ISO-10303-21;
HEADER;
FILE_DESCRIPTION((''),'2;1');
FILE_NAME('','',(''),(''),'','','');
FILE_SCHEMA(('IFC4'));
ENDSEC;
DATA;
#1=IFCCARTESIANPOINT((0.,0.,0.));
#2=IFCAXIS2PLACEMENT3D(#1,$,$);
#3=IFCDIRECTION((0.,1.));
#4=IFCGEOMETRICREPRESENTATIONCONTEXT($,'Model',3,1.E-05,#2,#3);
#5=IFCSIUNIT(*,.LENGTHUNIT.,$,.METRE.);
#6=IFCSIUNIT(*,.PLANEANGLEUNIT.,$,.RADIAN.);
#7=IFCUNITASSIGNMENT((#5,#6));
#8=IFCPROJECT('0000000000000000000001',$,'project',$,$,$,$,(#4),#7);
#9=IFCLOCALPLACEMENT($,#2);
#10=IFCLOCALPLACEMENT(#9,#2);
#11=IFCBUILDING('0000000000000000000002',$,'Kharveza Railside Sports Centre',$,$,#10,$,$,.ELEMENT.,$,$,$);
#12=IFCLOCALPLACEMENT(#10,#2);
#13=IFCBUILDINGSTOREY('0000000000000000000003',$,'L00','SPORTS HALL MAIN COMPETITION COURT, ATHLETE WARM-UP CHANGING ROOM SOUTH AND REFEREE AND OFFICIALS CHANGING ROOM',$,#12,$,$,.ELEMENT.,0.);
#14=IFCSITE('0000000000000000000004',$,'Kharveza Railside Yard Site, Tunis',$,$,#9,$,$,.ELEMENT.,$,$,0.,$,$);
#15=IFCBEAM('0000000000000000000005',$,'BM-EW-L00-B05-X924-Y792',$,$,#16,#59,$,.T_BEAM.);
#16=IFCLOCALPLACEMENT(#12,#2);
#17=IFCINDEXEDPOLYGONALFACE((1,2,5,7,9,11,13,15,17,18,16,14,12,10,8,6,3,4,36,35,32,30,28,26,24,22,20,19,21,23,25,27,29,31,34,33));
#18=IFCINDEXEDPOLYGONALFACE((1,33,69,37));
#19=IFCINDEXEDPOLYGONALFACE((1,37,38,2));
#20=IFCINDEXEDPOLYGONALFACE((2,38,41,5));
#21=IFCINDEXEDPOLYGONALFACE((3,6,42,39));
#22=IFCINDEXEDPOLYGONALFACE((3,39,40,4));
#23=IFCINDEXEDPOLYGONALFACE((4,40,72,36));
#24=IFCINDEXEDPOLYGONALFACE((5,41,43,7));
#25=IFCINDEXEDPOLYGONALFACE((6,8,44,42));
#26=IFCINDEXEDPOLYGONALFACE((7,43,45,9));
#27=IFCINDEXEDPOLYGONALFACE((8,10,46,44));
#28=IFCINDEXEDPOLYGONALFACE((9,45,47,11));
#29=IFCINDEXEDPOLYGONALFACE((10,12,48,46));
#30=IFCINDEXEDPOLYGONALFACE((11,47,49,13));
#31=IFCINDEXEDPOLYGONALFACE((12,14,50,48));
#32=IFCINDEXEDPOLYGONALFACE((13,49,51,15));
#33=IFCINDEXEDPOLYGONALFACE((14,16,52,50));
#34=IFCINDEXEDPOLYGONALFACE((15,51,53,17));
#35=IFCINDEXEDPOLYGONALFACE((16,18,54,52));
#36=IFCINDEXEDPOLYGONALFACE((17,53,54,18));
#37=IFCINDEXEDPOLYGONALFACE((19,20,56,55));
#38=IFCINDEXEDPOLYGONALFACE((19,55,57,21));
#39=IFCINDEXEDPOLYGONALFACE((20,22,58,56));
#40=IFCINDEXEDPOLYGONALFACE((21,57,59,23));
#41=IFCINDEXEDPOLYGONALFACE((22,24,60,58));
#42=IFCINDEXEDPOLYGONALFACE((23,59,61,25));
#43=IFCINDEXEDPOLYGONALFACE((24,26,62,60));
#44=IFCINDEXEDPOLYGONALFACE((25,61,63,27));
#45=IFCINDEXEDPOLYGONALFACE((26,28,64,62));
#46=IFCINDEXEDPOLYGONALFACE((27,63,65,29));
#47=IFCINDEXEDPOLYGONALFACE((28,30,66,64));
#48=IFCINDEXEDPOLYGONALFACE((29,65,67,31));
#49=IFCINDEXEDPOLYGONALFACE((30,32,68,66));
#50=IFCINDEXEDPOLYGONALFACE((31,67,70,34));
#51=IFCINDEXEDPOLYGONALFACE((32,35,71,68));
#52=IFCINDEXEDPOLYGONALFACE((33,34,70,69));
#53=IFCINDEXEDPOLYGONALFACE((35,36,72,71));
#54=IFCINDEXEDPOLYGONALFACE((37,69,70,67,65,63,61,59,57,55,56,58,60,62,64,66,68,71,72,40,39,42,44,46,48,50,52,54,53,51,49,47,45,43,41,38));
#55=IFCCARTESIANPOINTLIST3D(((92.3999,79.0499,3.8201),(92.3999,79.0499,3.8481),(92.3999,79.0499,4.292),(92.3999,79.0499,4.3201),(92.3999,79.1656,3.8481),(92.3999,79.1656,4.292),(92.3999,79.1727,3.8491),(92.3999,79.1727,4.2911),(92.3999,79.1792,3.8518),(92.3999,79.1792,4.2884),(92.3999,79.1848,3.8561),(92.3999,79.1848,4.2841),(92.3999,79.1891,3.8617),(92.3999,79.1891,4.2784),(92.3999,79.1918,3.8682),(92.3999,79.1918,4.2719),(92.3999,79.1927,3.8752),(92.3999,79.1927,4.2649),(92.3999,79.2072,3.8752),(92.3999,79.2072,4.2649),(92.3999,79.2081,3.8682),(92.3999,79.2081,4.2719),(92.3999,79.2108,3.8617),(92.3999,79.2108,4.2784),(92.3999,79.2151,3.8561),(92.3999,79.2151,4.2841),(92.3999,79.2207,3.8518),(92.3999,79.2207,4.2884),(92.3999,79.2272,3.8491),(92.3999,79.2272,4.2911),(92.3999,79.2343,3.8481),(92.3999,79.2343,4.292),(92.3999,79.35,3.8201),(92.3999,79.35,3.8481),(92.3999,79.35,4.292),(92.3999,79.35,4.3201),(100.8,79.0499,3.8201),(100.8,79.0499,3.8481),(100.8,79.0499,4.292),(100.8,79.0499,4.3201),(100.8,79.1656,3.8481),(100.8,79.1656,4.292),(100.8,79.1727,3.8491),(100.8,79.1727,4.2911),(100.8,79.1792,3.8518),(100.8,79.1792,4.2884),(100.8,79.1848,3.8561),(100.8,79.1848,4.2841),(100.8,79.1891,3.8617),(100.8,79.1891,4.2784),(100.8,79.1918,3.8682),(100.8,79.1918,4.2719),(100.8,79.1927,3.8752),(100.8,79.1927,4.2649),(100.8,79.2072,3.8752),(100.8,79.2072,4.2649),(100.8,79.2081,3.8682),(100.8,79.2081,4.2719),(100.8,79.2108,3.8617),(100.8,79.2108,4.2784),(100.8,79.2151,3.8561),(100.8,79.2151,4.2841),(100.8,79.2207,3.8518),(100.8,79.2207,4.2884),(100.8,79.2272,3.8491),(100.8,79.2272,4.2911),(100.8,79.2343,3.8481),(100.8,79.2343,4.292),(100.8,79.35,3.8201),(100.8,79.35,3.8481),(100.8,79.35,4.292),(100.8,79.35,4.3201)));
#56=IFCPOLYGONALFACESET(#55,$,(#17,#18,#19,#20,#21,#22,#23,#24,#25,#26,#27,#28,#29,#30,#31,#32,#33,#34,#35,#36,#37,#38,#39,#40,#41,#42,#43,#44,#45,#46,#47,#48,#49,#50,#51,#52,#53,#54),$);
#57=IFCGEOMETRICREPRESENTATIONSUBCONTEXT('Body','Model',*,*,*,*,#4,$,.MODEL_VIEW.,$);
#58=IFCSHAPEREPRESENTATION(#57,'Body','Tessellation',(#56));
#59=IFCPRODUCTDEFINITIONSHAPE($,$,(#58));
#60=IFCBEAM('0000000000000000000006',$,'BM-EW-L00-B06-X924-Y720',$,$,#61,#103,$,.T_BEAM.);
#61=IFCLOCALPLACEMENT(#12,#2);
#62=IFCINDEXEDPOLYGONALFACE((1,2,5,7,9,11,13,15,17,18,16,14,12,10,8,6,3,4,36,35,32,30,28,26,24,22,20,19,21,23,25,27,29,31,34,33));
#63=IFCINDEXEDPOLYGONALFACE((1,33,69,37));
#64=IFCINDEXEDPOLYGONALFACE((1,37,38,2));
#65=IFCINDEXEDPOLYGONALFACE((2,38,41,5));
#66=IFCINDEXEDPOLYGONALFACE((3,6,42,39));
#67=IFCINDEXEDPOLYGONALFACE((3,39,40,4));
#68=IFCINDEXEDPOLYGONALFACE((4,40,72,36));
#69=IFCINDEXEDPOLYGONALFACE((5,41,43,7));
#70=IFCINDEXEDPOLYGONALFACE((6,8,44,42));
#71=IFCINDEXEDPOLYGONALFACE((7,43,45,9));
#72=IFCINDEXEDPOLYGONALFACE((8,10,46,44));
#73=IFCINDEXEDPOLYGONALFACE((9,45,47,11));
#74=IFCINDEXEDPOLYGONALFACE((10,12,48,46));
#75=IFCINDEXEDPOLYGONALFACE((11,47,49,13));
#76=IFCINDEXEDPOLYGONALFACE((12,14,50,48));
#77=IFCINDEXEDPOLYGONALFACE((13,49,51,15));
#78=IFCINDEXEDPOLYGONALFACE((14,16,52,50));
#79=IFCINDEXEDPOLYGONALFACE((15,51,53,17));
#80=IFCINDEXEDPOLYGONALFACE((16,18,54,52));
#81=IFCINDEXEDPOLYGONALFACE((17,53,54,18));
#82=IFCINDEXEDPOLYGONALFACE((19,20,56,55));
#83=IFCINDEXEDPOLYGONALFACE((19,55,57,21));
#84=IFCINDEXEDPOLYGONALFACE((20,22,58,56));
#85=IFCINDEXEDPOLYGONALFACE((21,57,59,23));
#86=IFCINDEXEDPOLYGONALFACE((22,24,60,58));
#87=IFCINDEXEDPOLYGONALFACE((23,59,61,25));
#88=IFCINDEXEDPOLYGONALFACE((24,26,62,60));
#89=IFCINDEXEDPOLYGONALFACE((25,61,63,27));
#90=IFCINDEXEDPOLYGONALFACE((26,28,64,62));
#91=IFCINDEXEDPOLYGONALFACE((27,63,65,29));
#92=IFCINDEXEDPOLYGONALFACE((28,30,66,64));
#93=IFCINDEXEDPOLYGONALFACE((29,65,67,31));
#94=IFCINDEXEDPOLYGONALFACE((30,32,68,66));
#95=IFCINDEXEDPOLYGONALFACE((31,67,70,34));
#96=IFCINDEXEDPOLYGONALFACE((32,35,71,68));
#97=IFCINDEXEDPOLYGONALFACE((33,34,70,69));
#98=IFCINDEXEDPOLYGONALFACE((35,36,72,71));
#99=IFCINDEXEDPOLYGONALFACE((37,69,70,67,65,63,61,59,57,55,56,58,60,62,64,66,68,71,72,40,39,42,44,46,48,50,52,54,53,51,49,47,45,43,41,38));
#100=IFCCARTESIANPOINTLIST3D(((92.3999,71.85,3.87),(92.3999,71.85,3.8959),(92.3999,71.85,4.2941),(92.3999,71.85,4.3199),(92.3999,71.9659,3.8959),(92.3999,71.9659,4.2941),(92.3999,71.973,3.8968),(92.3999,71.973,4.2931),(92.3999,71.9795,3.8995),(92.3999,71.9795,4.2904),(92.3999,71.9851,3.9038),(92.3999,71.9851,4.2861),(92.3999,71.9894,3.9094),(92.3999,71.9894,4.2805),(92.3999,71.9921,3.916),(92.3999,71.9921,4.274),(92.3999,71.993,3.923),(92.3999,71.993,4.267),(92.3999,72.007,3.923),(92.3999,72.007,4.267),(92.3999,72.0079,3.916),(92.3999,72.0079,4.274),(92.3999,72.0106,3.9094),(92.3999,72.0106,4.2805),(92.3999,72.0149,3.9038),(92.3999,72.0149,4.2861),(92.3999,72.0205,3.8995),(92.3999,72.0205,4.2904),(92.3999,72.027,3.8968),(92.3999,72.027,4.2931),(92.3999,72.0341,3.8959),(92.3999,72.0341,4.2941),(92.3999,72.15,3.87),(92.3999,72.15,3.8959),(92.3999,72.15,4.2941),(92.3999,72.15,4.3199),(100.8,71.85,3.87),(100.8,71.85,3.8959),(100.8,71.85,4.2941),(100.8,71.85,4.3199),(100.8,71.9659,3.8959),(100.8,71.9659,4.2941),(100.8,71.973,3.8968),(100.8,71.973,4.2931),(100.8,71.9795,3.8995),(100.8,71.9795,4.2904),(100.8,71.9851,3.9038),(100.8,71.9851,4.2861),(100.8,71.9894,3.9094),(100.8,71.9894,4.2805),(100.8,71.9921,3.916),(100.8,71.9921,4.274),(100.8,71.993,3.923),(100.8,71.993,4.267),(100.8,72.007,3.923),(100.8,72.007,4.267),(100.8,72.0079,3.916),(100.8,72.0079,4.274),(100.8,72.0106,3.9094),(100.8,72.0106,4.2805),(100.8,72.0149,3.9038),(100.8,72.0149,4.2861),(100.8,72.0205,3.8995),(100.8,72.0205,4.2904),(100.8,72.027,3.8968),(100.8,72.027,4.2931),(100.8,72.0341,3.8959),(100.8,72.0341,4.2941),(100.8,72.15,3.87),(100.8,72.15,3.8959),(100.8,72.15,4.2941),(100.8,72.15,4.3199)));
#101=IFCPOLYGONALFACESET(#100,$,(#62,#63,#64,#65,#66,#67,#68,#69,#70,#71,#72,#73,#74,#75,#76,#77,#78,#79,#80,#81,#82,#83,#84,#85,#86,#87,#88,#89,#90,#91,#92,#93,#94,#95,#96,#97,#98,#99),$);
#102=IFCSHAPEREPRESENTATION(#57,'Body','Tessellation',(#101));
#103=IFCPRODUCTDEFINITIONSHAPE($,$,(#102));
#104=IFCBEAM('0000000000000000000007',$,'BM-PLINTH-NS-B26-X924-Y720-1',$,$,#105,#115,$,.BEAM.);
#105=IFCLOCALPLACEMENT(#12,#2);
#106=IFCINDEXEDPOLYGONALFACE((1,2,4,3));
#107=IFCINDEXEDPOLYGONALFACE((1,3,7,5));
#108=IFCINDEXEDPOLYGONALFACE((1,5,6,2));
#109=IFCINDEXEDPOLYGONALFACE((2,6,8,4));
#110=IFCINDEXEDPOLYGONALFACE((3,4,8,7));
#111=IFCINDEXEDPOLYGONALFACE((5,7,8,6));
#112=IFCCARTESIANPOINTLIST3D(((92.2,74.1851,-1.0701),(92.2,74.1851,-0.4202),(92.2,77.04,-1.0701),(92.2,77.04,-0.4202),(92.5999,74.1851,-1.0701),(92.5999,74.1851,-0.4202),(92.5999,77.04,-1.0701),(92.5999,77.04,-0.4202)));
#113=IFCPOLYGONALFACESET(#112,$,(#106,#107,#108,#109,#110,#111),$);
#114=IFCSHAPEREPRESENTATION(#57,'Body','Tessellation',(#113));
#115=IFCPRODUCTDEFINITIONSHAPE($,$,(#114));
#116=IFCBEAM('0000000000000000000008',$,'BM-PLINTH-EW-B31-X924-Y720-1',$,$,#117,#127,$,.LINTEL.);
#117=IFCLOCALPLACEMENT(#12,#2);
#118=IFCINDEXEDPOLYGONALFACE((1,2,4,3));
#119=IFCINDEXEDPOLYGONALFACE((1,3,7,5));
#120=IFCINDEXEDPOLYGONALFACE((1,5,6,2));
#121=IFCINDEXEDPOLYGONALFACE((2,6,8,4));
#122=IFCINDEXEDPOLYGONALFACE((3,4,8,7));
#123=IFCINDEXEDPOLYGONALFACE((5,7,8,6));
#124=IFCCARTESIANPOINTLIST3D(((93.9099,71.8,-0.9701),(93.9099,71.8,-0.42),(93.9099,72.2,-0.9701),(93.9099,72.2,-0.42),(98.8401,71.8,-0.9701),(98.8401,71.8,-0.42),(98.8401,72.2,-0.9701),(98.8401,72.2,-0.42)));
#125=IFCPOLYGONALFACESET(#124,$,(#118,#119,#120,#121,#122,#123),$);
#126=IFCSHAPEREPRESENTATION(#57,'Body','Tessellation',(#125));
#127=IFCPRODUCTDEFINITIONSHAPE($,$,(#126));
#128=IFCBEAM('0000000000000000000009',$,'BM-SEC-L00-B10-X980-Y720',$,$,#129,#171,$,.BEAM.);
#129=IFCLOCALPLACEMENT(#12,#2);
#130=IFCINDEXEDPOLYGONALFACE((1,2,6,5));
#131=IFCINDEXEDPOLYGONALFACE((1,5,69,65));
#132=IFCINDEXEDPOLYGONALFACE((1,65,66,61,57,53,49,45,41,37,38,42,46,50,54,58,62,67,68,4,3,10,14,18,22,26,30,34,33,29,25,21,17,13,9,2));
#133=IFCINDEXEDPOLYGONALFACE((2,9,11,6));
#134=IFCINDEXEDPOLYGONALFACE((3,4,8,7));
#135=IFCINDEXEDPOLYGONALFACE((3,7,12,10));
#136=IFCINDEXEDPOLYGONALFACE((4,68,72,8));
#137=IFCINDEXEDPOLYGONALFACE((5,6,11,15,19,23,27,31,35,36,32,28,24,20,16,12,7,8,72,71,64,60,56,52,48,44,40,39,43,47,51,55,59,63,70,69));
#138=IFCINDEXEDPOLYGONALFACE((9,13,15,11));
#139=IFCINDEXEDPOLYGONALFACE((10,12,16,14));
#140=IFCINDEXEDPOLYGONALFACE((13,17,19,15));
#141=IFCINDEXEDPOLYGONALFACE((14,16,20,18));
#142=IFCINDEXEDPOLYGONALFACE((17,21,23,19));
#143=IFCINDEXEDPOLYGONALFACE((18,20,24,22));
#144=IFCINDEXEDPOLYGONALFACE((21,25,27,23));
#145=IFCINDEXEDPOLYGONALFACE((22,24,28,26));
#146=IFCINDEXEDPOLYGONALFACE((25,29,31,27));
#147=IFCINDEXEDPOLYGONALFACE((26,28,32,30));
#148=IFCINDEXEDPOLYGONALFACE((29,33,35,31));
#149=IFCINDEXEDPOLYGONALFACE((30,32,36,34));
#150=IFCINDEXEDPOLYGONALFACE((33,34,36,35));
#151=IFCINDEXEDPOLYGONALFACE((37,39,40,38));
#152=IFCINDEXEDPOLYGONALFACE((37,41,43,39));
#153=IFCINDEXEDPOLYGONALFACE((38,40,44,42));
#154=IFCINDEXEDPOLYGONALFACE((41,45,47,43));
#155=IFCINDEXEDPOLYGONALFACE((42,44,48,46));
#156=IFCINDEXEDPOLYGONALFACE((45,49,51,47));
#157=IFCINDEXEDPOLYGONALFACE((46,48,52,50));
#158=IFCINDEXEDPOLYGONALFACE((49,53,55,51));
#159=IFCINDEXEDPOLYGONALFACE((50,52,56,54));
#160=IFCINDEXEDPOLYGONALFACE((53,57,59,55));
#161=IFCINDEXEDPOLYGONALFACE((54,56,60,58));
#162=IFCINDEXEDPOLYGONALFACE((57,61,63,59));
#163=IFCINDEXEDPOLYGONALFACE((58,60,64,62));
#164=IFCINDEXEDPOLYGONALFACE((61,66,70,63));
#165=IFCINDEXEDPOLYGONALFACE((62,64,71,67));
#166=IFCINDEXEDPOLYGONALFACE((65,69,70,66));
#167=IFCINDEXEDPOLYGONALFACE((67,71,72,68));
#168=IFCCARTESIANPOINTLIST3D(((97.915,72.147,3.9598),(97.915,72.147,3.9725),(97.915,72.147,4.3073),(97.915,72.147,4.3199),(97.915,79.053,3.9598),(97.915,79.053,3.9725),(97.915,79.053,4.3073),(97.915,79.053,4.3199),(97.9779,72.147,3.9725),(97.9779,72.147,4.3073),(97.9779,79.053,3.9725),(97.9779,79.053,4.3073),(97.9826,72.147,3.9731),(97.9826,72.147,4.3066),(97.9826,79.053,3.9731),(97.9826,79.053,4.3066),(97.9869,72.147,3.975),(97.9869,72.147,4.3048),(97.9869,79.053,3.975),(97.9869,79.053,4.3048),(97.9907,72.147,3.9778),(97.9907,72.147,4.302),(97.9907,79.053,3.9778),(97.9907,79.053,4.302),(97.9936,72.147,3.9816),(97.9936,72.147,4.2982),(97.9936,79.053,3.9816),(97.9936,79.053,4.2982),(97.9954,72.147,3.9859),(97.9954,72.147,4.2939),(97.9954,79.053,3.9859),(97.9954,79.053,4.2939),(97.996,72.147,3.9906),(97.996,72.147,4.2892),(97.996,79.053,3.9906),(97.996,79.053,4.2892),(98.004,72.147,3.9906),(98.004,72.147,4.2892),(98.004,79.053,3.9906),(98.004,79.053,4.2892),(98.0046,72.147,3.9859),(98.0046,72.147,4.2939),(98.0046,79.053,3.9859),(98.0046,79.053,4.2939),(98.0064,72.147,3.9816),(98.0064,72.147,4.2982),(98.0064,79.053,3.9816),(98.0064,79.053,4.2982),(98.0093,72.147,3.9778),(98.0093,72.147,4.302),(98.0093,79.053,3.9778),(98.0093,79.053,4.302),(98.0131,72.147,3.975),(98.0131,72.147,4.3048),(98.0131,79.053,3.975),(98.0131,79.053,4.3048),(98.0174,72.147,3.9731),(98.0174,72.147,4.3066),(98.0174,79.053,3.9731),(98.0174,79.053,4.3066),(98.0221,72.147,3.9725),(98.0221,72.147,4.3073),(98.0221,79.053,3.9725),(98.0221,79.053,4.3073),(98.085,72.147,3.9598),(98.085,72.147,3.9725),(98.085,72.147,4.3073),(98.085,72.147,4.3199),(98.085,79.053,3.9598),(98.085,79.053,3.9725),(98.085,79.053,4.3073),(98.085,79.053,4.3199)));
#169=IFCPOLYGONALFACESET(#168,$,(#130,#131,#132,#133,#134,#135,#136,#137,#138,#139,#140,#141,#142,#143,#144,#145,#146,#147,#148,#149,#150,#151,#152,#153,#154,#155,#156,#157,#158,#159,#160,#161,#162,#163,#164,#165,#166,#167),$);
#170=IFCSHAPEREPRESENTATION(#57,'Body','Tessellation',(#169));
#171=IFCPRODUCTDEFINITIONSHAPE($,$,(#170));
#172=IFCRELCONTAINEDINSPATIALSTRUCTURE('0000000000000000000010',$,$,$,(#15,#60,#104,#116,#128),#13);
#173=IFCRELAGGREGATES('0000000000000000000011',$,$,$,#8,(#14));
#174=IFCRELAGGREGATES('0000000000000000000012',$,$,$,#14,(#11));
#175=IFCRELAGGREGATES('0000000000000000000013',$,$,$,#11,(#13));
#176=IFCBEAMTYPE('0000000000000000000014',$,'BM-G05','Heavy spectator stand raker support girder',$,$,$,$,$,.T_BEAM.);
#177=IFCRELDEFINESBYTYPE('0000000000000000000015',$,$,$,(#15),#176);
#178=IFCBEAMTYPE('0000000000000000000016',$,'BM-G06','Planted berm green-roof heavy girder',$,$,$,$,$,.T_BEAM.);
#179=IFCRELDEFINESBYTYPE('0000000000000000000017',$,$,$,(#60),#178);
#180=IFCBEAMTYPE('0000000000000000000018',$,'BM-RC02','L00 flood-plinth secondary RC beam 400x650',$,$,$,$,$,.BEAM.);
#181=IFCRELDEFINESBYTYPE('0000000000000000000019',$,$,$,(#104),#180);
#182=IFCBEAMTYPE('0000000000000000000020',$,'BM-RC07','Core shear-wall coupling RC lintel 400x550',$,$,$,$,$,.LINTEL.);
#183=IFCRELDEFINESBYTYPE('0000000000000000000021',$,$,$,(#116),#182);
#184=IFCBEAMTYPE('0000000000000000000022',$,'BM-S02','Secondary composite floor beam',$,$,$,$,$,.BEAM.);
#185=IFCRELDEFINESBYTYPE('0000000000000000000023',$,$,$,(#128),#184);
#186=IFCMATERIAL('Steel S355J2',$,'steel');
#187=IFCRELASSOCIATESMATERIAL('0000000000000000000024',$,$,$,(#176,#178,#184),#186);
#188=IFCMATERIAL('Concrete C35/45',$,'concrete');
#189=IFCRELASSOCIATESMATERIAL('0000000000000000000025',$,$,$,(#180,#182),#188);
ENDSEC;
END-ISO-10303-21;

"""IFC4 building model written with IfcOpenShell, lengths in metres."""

from ifc_helpers import new_model, si_unit, direction, frame, origin, origin_2d, place, context, subcontext, project, spatial, rectangle, i_section, extrude, material, material_profile, profile_set, type_object, element, save


model = new_model("IFC4")

# Units and contexts
model_context = context("Model", 3, precision=1e-05, world=origin(), true_north=direction((0.0, 1.0)))
body_context = subcontext(model_context, "Body", "Model", "MODEL_VIEW")
ifc_project = project(units=[si_unit("LENGTHUNIT", "METRE"), si_unit("PLANEANGLEUNIT", "RADIAN")], contexts=[model_context])

# Site, building, storey
site_placement = place(None, origin())
site = spatial("IfcSite", under=ifc_project, at=site_placement, Name="Kharveza Railside Yard Site, Tunis", CompositionType="ELEMENT", RefElevation=0.0)
building_placement = place(site_placement, origin())
building = spatial("IfcBuilding", under=site, at=building_placement, Name="Kharveza Railside Sports Centre", CompositionType="ELEMENT")
storey_placement = place(building_placement, origin())
storey = spatial("IfcBuildingStorey", under=building, at=storey_placement, Name="L00", Description="SPORTS HALL MAIN COMPETITION COURT, ATHLETE WARM-UP CHANGING ROOM SOUTH AND REFEREE AND OFFICIALS CHANGING ROOM", CompositionType="ELEMENT", Elevation=0.0)

# Shared definitions
ifc_material_1 = material(Name="Concrete C35/45", Category="concrete")

# Shared definitions
ifc_material_2 = material(Name="Steel S355J2", Category="steel")

# Beams
ifc_material_profile_1 = material_profile(ifc_material_2, i_section(OverallWidth=0.3, OverallDepth=0.5, WebThickness=0.0144, FlangeThickness=0.0281, FilletRadius=0.0271, at=origin_2d()), Name="HEB 500")
ifc_profile_set_1 = profile_set([ifc_material_profile_1], Name="Steel S355J2")
beam_type_1 = type_object("IfcBeamType", Name="BM-G05", Description="Heavy spectator stand raker support girder", PredefinedType="T_BEAM", material=ifc_profile_set_1)
beam_1_placement = place(storey_placement, frame((92.3999, 79.2, 4.0701), z_axis=(1.0, 0.0, 0.0), x_axis=(0.0, 1.0, 0.0)))
element("IfcBeam", 1, at=beam_1_placement, inside=storey, type_object=beam_type_1, Name="BM-EW-L00-B05-X924-Y792", PredefinedType="T_BEAM", context=body_context, shape_type="SweptSolid", body=[
    extrude(i_section(OverallWidth=0.3, OverallDepth=0.5, WebThickness=0.0144, FlangeThickness=0.0281, FilletRadius=0.0271, at=origin_2d()), origin(), (0.0, 0.0, 1.0), 8.4001),
])
ifc_material_profile_2 = material_profile(ifc_material_2, i_section(OverallWidth=0.3, OverallDepth=0.45, WebThickness=0.0139, FlangeThickness=0.0259, FilletRadius=0.0271, at=origin_2d()), Name="HEB 450")
ifc_profile_set_2 = profile_set([ifc_material_profile_2], Name="Steel S355J2")
beam_type_2 = type_object("IfcBeamType", Name="BM-G06", Description="Planted berm green-roof heavy girder", PredefinedType="T_BEAM", material=ifc_profile_set_2)
beam_2_placement = place(storey_placement, frame((92.3999, 72.0, 4.095), z_axis=(1.0, 0.0, 0.0), x_axis=(0.0, 1.0, 0.0)))
element("IfcBeam", 2, at=beam_2_placement, inside=storey, type_object=beam_type_2, Name="BM-EW-L00-B06-X924-Y720", PredefinedType="T_BEAM", context=body_context, shape_type="SweptSolid", body=[
    extrude(i_section(OverallWidth=0.3, OverallDepth=0.45, WebThickness=0.0139, FlangeThickness=0.0259, FilletRadius=0.0271, at=origin_2d()), origin(), (0.0, 0.0, 1.0), 8.4001),
])
ifc_material_profile_3 = material_profile(ifc_material_1, rectangle(XDim=0.3999, YDim=0.6499, at=origin_2d()), Name="RCB 400x650")
ifc_profile_set_3 = profile_set([ifc_material_profile_3], Name="Concrete C35/45")
beam_type_3 = type_object("IfcBeamType", Name="BM-RC02", Description="L00 flood-plinth secondary RC beam 400x650", PredefinedType="BEAM", material=ifc_profile_set_3)
beam_3_placement = place(storey_placement, frame((92.3999, 74.1851, -0.7451), z_axis=(0.0, 1.0, 0.0), x_axis=(-1.0, 0.0, 0.0)))
element("IfcBeam", 3, at=beam_3_placement, inside=storey, type_object=beam_type_3, Name="BM-PLINTH-NS-B26-X924-Y720-1", PredefinedType="BEAM", context=body_context, shape_type="SweptSolid", body=[
    extrude(rectangle(XDim=0.3999, YDim=0.6499, at=origin_2d()), origin(), (0.0, 0.0, 1.0), 2.855),
])
ifc_material_profile_4 = material_profile(ifc_material_1, rectangle(XDim=0.3999, YDim=0.55, at=origin_2d()), Name="RCB 400x550")
ifc_profile_set_4 = profile_set([ifc_material_profile_4], Name="Concrete C35/45")
beam_type_4 = type_object("IfcBeamType", Name="BM-RC07", Description="Core shear-wall coupling RC lintel 400x550", PredefinedType="LINTEL", material=ifc_profile_set_4)
beam_4_placement = place(storey_placement, frame((93.9099, 72.0, -0.6951), z_axis=(1.0, 0.0, 0.0), x_axis=(0.0, 1.0, 0.0)))
element("IfcBeam", 4, at=beam_4_placement, inside=storey, type_object=beam_type_4, Name="BM-PLINTH-EW-B31-X924-Y720-1", PredefinedType="LINTEL", context=body_context, shape_type="SweptSolid", body=[
    extrude(rectangle(XDim=0.3999, YDim=0.55, at=origin_2d()), origin(), (0.0, 0.0, 1.0), 4.9302),
])
ifc_material_profile_5 = material_profile(ifc_material_2, i_section(OverallWidth=0.1699, OverallDepth=0.3601, WebThickness=0.0081, FlangeThickness=0.0127, FilletRadius=0.0181, at=origin_2d()), Name="IPE 360")
ifc_profile_set_5 = profile_set([ifc_material_profile_5], Name="Steel S355J2")
beam_type_5 = type_object("IfcBeamType", Name="BM-S02", Description="Secondary composite floor beam", PredefinedType="BEAM", material=ifc_profile_set_5)
beam_5_placement = place(storey_placement, frame((98.0, 72.147, 4.1399), z_axis=(0.0, 1.0, 0.0), x_axis=(-1.0, 0.0, 0.0)))
element("IfcBeam", 5, at=beam_5_placement, inside=storey, type_object=beam_type_5, Name="BM-SEC-L00-B10-X980-Y720", PredefinedType="BEAM", context=body_context, shape_type="SweptSolid", body=[
    extrude(i_section(OverallWidth=0.1699, OverallDepth=0.3601, WebThickness=0.0081, FlangeThickness=0.0127, FilletRadius=0.0181, at=origin_2d()), origin(), (0.0, 0.0, 1.0), 6.906),
])

save(model, "model.ifc")
